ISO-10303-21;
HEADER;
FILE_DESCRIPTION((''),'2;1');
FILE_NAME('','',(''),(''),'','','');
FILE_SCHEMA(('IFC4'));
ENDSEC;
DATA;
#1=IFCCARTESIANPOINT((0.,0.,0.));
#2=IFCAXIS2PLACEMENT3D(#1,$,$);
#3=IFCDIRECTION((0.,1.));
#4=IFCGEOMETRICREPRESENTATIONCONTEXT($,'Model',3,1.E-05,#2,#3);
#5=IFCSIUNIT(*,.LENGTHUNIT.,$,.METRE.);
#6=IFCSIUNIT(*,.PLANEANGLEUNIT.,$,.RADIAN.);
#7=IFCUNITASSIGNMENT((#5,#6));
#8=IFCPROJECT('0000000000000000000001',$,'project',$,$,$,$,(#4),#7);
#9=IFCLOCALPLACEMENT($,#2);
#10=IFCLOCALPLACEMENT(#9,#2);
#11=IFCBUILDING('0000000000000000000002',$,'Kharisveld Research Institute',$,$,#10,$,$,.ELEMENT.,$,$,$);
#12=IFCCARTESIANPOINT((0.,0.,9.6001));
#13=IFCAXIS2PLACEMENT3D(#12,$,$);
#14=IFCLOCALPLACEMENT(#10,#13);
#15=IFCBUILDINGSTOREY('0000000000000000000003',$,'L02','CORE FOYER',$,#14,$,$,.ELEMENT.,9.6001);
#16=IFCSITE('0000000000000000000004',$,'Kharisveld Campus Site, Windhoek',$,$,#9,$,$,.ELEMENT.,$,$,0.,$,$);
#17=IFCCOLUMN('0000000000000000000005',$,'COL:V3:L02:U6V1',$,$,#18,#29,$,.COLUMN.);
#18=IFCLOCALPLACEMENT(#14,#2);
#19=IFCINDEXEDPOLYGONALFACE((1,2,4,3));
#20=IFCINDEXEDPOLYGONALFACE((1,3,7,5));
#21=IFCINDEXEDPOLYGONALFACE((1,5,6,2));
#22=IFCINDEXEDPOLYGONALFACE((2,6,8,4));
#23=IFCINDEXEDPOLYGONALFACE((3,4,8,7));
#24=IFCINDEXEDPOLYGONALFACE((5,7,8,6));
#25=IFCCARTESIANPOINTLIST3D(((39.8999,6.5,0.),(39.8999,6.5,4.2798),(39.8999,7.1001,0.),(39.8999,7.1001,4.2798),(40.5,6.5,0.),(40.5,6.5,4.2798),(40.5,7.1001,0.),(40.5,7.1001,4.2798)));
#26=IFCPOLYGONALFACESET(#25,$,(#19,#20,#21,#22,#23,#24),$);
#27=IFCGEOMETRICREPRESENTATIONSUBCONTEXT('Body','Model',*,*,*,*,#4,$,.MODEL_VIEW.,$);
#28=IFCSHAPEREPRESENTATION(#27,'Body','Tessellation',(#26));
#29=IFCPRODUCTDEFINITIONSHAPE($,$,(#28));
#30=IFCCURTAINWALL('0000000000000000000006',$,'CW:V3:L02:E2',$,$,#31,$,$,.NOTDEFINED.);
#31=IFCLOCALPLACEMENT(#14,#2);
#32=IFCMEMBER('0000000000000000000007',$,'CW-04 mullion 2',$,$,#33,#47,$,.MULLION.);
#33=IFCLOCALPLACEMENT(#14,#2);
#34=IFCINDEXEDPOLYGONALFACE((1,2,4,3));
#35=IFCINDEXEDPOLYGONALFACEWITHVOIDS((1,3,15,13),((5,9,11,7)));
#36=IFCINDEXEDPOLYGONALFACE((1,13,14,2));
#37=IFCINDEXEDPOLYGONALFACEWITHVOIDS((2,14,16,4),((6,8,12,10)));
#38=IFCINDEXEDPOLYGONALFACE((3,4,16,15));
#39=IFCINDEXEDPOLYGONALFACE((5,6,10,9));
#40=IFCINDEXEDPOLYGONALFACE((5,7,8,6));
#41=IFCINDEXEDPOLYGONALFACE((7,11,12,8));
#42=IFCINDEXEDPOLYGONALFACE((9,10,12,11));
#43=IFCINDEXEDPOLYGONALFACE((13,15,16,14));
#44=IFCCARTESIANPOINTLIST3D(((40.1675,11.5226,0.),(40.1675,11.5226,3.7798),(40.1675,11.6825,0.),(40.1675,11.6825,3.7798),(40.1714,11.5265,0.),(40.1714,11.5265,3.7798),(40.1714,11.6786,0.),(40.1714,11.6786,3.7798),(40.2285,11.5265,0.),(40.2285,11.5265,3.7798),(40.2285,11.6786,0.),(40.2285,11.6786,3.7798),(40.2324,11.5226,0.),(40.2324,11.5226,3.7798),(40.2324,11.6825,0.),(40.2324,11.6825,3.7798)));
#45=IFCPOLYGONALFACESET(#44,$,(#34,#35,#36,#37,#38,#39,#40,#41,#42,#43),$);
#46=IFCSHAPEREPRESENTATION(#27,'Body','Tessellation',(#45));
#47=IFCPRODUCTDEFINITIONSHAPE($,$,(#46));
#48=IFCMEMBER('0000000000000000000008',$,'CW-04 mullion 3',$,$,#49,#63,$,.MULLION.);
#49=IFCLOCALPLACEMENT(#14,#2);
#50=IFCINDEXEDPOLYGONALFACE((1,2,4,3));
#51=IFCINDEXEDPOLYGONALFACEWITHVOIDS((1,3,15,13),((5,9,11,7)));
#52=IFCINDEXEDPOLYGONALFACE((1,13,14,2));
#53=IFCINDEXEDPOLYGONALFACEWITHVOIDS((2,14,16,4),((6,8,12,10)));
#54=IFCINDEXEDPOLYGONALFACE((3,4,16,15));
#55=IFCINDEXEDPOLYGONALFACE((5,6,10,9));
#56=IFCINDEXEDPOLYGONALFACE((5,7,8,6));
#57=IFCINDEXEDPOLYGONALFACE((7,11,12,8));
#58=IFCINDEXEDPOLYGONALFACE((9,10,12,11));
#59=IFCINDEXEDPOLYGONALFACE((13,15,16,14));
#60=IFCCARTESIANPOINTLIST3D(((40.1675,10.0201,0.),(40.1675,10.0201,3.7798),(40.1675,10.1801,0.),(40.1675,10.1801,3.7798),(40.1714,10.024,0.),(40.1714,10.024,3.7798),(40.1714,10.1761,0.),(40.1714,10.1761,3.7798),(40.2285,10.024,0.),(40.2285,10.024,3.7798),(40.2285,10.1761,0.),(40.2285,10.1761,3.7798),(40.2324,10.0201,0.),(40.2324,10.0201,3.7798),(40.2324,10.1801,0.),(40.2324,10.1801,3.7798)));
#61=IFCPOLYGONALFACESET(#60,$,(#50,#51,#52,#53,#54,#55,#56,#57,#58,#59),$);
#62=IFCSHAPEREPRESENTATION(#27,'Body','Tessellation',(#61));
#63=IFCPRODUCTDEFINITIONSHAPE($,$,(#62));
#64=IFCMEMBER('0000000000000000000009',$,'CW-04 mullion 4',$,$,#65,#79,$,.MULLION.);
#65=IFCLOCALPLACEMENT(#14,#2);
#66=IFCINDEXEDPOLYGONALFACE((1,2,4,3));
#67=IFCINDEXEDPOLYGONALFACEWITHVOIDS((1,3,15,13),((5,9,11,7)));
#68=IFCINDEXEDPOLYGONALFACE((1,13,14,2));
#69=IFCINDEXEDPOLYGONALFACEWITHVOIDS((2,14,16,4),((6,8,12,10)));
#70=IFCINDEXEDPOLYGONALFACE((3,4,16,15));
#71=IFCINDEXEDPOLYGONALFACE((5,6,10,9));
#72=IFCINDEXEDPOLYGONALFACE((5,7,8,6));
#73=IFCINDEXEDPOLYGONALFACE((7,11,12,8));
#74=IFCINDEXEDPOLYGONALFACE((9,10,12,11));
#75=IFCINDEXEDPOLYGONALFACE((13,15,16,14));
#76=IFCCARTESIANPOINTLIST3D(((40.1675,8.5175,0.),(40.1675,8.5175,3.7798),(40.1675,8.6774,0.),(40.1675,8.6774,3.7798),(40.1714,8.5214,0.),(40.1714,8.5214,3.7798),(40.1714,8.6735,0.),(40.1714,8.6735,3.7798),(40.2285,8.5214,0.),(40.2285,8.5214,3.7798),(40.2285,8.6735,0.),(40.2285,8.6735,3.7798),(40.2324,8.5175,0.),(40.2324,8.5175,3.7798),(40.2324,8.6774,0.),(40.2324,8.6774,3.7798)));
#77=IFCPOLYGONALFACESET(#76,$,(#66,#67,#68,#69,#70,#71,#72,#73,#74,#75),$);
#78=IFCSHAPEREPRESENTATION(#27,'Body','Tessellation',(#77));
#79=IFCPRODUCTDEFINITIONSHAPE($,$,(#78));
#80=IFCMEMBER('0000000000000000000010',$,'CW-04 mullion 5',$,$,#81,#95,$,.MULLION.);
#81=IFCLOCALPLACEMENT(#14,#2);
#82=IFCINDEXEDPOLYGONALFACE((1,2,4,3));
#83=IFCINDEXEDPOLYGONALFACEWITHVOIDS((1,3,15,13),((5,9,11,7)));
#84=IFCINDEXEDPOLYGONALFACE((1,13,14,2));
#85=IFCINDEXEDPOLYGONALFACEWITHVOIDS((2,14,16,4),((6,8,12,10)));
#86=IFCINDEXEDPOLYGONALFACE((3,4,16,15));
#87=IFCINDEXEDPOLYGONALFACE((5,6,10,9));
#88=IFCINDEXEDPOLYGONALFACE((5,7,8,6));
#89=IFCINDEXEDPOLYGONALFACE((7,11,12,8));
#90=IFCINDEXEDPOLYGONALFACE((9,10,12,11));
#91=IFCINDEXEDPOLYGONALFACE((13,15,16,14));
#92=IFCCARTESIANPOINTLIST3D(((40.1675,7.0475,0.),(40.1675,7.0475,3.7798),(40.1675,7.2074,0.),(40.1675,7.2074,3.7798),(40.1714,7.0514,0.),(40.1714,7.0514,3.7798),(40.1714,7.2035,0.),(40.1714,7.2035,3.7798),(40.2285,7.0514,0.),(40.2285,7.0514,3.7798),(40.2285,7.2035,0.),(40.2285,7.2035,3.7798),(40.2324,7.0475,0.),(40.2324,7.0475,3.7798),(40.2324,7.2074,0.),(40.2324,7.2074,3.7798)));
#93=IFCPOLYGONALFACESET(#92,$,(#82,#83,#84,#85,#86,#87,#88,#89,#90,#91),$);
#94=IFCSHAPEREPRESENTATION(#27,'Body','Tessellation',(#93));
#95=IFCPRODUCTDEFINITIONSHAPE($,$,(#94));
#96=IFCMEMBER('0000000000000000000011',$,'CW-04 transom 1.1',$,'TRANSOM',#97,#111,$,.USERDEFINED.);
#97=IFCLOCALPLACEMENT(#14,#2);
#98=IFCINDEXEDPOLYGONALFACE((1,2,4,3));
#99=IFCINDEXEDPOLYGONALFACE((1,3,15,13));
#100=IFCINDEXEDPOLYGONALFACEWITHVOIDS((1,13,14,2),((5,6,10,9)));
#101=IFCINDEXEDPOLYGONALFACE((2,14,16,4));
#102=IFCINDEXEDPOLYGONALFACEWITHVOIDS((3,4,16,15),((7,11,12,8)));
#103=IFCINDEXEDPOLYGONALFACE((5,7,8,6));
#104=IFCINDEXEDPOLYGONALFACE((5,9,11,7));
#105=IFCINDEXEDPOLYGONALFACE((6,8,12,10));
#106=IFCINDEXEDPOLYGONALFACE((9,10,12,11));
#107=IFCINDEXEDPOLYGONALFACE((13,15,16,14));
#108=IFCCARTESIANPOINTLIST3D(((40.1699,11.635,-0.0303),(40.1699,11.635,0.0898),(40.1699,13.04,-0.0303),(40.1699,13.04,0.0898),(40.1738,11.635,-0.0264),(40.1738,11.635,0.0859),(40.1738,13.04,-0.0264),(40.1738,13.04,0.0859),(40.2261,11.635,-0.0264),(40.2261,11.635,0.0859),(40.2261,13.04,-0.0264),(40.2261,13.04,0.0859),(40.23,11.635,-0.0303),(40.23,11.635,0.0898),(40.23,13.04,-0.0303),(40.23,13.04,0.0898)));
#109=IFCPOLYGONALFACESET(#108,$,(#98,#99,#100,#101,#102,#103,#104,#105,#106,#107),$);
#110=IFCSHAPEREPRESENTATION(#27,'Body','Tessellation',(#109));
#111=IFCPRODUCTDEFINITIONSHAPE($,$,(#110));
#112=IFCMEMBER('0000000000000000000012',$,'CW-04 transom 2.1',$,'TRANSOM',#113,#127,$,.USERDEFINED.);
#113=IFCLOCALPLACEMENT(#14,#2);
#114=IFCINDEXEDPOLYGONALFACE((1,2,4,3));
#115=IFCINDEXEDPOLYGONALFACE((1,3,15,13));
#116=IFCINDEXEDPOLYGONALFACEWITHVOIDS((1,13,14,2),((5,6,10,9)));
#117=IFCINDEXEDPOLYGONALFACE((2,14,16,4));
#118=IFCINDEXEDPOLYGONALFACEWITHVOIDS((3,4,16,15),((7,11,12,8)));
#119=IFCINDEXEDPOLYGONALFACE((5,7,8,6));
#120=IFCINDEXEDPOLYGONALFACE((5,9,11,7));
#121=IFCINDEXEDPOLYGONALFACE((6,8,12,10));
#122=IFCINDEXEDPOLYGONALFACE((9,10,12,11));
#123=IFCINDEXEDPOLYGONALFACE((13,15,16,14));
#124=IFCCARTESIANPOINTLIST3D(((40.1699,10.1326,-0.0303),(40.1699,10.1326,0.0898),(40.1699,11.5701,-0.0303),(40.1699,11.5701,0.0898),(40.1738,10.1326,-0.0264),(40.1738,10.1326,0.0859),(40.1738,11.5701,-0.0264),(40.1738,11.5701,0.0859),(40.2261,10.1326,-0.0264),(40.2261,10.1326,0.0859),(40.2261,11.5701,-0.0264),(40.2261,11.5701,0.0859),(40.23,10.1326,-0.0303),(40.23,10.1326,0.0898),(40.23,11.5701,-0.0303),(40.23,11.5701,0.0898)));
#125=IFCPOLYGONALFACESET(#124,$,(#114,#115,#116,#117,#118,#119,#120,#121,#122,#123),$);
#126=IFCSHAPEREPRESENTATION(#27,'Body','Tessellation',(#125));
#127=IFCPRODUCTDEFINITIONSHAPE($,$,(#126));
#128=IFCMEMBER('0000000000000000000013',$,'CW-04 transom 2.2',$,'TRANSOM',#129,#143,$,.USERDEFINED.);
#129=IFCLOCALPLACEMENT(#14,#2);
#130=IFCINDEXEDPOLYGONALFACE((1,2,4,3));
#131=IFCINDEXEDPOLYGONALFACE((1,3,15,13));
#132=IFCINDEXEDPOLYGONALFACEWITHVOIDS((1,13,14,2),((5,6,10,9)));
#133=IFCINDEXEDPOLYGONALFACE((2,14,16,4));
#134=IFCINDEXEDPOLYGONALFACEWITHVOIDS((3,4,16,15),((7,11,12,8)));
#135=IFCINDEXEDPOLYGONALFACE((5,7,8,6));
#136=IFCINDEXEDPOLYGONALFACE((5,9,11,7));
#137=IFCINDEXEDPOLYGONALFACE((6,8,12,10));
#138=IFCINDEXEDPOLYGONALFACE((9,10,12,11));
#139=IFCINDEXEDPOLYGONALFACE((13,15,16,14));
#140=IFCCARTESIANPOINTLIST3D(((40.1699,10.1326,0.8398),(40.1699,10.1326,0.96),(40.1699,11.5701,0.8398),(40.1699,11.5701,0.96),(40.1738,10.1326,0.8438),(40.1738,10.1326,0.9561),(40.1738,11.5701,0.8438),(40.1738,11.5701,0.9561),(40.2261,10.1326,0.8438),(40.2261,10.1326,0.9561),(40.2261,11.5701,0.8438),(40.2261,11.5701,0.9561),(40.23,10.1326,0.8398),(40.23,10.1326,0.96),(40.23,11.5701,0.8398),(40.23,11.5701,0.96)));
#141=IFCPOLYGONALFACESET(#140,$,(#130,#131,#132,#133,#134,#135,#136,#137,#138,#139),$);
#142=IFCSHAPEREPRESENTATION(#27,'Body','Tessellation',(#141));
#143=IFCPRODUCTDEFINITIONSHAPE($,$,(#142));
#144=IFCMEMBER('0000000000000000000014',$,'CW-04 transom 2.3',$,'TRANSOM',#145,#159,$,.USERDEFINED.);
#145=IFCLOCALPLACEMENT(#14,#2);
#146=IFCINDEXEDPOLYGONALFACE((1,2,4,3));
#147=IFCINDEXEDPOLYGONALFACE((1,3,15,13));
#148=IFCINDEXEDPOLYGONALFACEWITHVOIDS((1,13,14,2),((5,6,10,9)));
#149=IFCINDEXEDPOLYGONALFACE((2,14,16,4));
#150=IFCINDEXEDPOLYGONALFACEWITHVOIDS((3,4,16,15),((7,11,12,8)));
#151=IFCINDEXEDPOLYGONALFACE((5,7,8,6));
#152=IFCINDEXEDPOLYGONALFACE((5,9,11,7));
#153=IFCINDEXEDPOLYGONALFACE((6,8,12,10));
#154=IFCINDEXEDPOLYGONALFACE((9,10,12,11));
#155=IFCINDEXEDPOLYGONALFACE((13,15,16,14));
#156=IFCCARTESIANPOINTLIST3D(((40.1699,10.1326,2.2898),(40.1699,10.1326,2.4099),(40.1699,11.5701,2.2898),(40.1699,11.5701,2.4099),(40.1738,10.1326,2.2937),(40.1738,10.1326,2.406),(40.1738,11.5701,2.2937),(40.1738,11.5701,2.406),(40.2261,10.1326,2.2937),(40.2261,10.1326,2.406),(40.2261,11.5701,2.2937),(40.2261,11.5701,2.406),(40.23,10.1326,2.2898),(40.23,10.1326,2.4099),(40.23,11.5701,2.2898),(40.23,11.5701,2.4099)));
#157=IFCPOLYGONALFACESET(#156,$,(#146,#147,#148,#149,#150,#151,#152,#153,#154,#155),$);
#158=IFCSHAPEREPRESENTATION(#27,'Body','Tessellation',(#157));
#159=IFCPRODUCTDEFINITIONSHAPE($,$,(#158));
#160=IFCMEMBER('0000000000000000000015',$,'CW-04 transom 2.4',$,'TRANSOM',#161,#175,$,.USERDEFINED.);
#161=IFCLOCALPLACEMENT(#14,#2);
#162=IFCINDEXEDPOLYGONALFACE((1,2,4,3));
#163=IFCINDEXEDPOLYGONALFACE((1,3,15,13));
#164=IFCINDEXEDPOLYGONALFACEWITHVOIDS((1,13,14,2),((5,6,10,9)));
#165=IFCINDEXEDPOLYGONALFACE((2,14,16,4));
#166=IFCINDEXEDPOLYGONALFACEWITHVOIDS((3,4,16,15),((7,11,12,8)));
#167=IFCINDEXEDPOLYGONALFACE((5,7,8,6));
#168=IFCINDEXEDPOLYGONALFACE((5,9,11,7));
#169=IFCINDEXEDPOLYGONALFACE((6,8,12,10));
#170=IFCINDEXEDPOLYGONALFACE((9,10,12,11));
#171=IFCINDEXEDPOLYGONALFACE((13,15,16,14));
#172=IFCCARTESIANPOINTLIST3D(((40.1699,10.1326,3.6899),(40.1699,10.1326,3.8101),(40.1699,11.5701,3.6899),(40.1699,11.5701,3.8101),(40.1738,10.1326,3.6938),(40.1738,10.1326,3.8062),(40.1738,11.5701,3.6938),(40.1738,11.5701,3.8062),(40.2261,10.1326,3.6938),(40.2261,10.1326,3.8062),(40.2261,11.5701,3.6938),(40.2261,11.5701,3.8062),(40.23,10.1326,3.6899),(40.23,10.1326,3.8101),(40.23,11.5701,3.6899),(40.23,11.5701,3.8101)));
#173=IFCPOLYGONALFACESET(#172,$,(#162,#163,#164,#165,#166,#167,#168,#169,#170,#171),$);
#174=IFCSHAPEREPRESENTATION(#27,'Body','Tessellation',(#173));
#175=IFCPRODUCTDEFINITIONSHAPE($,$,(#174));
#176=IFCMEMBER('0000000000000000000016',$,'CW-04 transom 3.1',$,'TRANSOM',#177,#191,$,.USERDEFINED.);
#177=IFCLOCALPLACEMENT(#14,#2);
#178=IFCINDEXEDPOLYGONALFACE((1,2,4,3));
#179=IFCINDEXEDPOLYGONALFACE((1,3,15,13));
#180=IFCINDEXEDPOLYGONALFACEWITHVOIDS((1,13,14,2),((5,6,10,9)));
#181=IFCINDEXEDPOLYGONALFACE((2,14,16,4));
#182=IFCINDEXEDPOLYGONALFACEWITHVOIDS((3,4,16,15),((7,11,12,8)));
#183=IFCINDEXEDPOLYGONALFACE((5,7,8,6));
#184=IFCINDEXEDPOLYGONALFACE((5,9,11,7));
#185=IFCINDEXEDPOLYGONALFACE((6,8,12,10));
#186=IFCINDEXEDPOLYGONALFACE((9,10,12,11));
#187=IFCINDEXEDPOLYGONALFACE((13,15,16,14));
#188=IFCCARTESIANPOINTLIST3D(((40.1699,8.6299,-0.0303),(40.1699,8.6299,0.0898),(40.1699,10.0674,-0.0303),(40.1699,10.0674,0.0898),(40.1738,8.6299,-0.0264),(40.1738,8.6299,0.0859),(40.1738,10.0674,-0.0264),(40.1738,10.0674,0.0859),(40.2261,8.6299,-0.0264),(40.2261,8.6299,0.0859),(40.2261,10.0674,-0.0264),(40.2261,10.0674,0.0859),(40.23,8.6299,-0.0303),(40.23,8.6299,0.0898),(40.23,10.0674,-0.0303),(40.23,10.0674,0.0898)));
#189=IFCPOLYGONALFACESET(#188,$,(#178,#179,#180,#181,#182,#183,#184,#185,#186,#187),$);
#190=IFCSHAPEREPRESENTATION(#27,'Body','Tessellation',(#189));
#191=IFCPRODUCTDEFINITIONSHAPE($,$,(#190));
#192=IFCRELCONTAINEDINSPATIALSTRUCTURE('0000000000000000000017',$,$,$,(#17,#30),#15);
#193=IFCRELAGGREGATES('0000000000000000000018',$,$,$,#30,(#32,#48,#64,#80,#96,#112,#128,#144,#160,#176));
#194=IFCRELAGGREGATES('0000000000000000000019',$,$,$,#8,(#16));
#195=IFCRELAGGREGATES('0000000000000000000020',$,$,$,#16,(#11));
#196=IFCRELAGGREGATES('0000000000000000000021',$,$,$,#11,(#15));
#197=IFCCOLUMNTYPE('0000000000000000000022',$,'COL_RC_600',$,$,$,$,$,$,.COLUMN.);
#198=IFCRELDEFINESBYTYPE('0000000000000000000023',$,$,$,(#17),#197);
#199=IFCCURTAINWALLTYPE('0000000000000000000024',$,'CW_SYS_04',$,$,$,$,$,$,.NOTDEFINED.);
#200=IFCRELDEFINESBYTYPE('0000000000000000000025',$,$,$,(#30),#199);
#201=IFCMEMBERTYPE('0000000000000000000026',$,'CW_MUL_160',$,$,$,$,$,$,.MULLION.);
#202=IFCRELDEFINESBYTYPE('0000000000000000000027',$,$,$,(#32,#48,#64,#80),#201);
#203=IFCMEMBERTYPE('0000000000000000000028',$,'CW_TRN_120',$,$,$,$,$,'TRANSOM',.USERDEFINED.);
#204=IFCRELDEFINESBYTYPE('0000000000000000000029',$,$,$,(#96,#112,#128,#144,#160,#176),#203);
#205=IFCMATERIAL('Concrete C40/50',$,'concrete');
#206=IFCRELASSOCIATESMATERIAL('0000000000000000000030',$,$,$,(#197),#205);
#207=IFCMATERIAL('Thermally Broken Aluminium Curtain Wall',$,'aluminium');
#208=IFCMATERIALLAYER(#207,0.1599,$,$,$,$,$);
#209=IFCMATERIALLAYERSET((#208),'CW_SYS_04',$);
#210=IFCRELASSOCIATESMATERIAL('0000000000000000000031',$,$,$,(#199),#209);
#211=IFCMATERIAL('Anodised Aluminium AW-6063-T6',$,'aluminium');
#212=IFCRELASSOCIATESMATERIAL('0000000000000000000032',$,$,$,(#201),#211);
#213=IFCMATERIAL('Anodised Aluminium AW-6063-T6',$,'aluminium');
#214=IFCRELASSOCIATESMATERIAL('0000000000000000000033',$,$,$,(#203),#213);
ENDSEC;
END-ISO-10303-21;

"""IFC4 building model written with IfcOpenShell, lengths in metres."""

from ifc_helpers import new_model, si_unit, direction, frame, origin, origin_2d, place, context, subcontext, project, spatial, rectangle, hollow_rectangle, extrude, material, layer, layer_set, material_profile, profile_set, type_object, element, aggregate, save


model = new_model("IFC4")

# Units and contexts
model_context = context("Model", 3, precision=1e-05, world=origin(), true_north=direction((0.0, 1.0)))
body_context = subcontext(model_context, "Body", "Model", "MODEL_VIEW")
ifc_project = project(units=[si_unit("LENGTHUNIT", "METRE"), si_unit("PLANEANGLEUNIT", "RADIAN")], contexts=[model_context])

# Site, building, storey
site_placement = place(None, origin())
site = spatial("IfcSite", under=ifc_project, at=site_placement, Name="Kharisveld Campus Site, Windhoek", CompositionType="ELEMENT", RefElevation=0.0)
building_placement = place(site_placement, origin())
building = spatial("IfcBuilding", under=site, at=building_placement, Name="Kharisveld Research Institute", CompositionType="ELEMENT")
storey_placement = place(building_placement, frame((0.0, 0.0, 9.6001)))
storey = spatial("IfcBuildingStorey", under=building, at=storey_placement, Name="L02", Description="CORE FOYER", CompositionType="ELEMENT", Elevation=9.6001)

# Column
ifc_material_1 = material(Name="Concrete C40/50", Category="concrete")
ifc_material_profile_1 = material_profile(ifc_material_1, rectangle(XDim=0.6001, YDim=0.6001, at=origin_2d()))
ifc_profile_set_1 = profile_set([ifc_material_profile_1], Name="Concrete C40/50")
column_type = type_object("IfcColumnType", Name="COL_RC_600", PredefinedType="COLUMN", material=ifc_profile_set_1)
column_placement = place(storey_placement, frame((40.2, 6.8, 0.0), z_axis=(0.0, 0.0, 1.0), x_axis=(1.0, 0.0, 0.0)))
element("IfcColumn", 1, at=column_placement, inside=storey, type_object=column_type, Name="COL:V3:L02:U6V1", PredefinedType="COLUMN", context=body_context, shape_type="SweptSolid", body=[
    extrude(rectangle(XDim=0.6001, YDim=0.6001, at=origin_2d()), origin(), (0.0, 0.0, 1.0), 4.2798),
])

# Curtain wall, members
ifc_material_2 = material(Name="Thermally Broken Aluminium Curtain Wall", Category="aluminium")
ifc_layer_1 = layer(ifc_material_2, 0.1599)
ifc_layer_set_1 = layer_set([ifc_layer_1], Name="CW_SYS_04")
curtain_wall_type = type_object("IfcCurtainWallType", Name="CW_SYS_04", PredefinedType="NOTDEFINED", material=ifc_layer_set_1)
curtain_wall_placement = place(storey_placement, origin())
curtain_wall = element("IfcCurtainWall", 2, at=curtain_wall_placement, inside=storey, type_object=curtain_wall_type, Name="CW:V3:L02:E2", PredefinedType="NOTDEFINED")
ifc_material_3 = material(Name="Anodised Aluminium AW-6063-T6", Category="aluminium")
ifc_material_profile_2 = material_profile(ifc_material_3, hollow_rectangle(XDim=0.0649, YDim=0.1599, WallThickness=0.0039, at=origin_2d()))
ifc_profile_set_2 = profile_set([ifc_material_profile_2], Name="Anodised Aluminium AW-6063-T6")
member_type_1 = type_object("IfcMemberType", Name="CW_MUL_160", PredefinedType="MULLION", material=ifc_profile_set_2)
member_1_placement = place(storey_placement, frame((40.2, 11.6025, 0.0), z_axis=(0.0, 0.0, 1.0), x_axis=(1.0, 0.0, 0.0)))
member_1 = element("IfcMember", 3, at=member_1_placement, type_object=member_type_1, Name="CW-04 mullion 2", PredefinedType="MULLION", context=body_context, shape_type="SweptSolid", body=[
    extrude(hollow_rectangle(XDim=0.0649, YDim=0.1599, WallThickness=0.0039, at=origin_2d()), origin(), (0.0, 0.0, 1.0), 3.7798),
])
member_2_placement = place(storey_placement, frame((40.2, 10.1001, 0.0), z_axis=(0.0, 0.0, 1.0), x_axis=(1.0, 0.0, 0.0)))
member_2 = element("IfcMember", 4, at=member_2_placement, type_object=member_type_1, Name="CW-04 mullion 3", PredefinedType="MULLION", context=body_context, shape_type="SweptSolid", body=[
    extrude(hollow_rectangle(XDim=0.0649, YDim=0.1599, WallThickness=0.0039, at=origin_2d()), origin(), (0.0, 0.0, 1.0), 3.7798),
])
member_3_placement = place(storey_placement, frame((40.2, 8.5974, 0.0), z_axis=(0.0, 0.0, 1.0), x_axis=(1.0, 0.0, 0.0)))
member_3 = element("IfcMember", 5, at=member_3_placement, type_object=member_type_1, Name="CW-04 mullion 4", PredefinedType="MULLION", context=body_context, shape_type="SweptSolid", body=[
    extrude(hollow_rectangle(XDim=0.0649, YDim=0.1599, WallThickness=0.0039, at=origin_2d()), origin(), (0.0, 0.0, 1.0), 3.7798),
])
member_4_placement = place(storey_placement, frame((40.2, 7.1274, 0.0), z_axis=(0.0, 0.0, 1.0), x_axis=(1.0, 0.0, 0.0)))
member_4 = element("IfcMember", 6, at=member_4_placement, type_object=member_type_1, Name="CW-04 mullion 5", PredefinedType="MULLION", context=body_context, shape_type="SweptSolid", body=[
    extrude(hollow_rectangle(XDim=0.0649, YDim=0.1599, WallThickness=0.0039, at=origin_2d()), origin(), (0.0, 0.0, 1.0), 3.7798),
])
ifc_material_4 = material(Name="Anodised Aluminium AW-6063-T6", Category="aluminium")
ifc_material_profile_3 = material_profile(ifc_material_4, hollow_rectangle(XDim=0.0601, YDim=0.1201, WallThickness=0.0039, at=origin_2d()))
ifc_profile_set_3 = profile_set([ifc_material_profile_3], Name="Anodised Aluminium AW-6063-T6")
member_type_2 = type_object("IfcMemberType", Name="CW_TRN_120", ElementType="TRANSOM", PredefinedType="USERDEFINED", material=ifc_profile_set_3)
member_5_placement = place(storey_placement, frame((40.2, 13.04, 0.0298), z_axis=(0.0, -1.0, 0.0), x_axis=(1.0, 0.0, 0.0)))
member_5 = element("IfcMember", 7, at=member_5_placement, type_object=member_type_2, Name="CW-04 transom 1.1", ObjectType="TRANSOM", PredefinedType="USERDEFINED", context=body_context, shape_type="SweptSolid", body=[
    extrude(hollow_rectangle(XDim=0.0601, YDim=0.1201, WallThickness=0.0039, at=origin_2d()), origin(), (0.0, 0.0, 1.0), 1.405),
])
member_6_placement = place(storey_placement, frame((40.2, 11.5701, 0.0298), z_axis=(0.0, -1.0, 0.0), x_axis=(1.0, 0.0, 0.0)))
member_6 = element("IfcMember", 8, at=member_6_placement, type_object=member_type_2, Name="CW-04 transom 2.1", ObjectType="TRANSOM", PredefinedType="USERDEFINED", context=body_context, shape_type="SweptSolid", body=[
    extrude(hollow_rectangle(XDim=0.0601, YDim=0.1201, WallThickness=0.0039, at=origin_2d()), origin(), (0.0, 0.0, 1.0), 1.4375),
])
member_7_placement = place(storey_placement, frame((40.2, 11.5701, 0.8999), z_axis=(0.0, -1.0, 0.0), x_axis=(1.0, 0.0, 0.0)))
member_7 = element("IfcMember", 9, at=member_7_placement, type_object=member_type_2, Name="CW-04 transom 2.2", ObjectType="TRANSOM", PredefinedType="USERDEFINED", context=body_context, shape_type="SweptSolid", body=[
    extrude(hollow_rectangle(XDim=0.0601, YDim=0.1201, WallThickness=0.0039, at=origin_2d()), origin(), (0.0, 0.0, 1.0), 1.4375),
])
member_8_placement = place(storey_placement, frame((40.2, 11.5701, 2.3499), z_axis=(0.0, -1.0, 0.0), x_axis=(1.0, 0.0, 0.0)))
member_8 = element("IfcMember", 10, at=member_8_placement, type_object=member_type_2, Name="CW-04 transom 2.3", ObjectType="TRANSOM", PredefinedType="USERDEFINED", context=body_context, shape_type="SweptSolid", body=[
    extrude(hollow_rectangle(XDim=0.0601, YDim=0.1201, WallThickness=0.0039, at=origin_2d()), origin(), (0.0, 0.0, 1.0), 1.4375),
])
member_9_placement = place(storey_placement, frame((40.2, 11.5701, 3.75), z_axis=(0.0, -1.0, 0.0), x_axis=(1.0, 0.0, 0.0)))
member_9 = element("IfcMember", 11, at=member_9_placement, type_object=member_type_2, Name="CW-04 transom 2.4", ObjectType="TRANSOM", PredefinedType="USERDEFINED", context=body_context, shape_type="SweptSolid", body=[
    extrude(hollow_rectangle(XDim=0.0601, YDim=0.1201, WallThickness=0.0039, at=origin_2d()), origin(), (0.0, 0.0, 1.0), 1.4375),
])
member_10_placement = place(storey_placement, frame((40.2, 10.0674, 0.0298), z_axis=(0.0, -1.0, 0.0), x_axis=(1.0, 0.0, 0.0)))
member_10 = element("IfcMember", 12, at=member_10_placement, type_object=member_type_2, Name="CW-04 transom 3.1", ObjectType="TRANSOM", PredefinedType="USERDEFINED", context=body_context, shape_type="SweptSolid", body=[
    extrude(hollow_rectangle(XDim=0.0601, YDim=0.1201, WallThickness=0.0039, at=origin_2d()), origin(), (0.0, 0.0, 1.0), 1.4375),
])

aggregate(curtain_wall, [member_1, member_2, member_3, member_4, member_5, member_6, member_7, member_8, member_9, member_10])

save(model, "model.ifc")
